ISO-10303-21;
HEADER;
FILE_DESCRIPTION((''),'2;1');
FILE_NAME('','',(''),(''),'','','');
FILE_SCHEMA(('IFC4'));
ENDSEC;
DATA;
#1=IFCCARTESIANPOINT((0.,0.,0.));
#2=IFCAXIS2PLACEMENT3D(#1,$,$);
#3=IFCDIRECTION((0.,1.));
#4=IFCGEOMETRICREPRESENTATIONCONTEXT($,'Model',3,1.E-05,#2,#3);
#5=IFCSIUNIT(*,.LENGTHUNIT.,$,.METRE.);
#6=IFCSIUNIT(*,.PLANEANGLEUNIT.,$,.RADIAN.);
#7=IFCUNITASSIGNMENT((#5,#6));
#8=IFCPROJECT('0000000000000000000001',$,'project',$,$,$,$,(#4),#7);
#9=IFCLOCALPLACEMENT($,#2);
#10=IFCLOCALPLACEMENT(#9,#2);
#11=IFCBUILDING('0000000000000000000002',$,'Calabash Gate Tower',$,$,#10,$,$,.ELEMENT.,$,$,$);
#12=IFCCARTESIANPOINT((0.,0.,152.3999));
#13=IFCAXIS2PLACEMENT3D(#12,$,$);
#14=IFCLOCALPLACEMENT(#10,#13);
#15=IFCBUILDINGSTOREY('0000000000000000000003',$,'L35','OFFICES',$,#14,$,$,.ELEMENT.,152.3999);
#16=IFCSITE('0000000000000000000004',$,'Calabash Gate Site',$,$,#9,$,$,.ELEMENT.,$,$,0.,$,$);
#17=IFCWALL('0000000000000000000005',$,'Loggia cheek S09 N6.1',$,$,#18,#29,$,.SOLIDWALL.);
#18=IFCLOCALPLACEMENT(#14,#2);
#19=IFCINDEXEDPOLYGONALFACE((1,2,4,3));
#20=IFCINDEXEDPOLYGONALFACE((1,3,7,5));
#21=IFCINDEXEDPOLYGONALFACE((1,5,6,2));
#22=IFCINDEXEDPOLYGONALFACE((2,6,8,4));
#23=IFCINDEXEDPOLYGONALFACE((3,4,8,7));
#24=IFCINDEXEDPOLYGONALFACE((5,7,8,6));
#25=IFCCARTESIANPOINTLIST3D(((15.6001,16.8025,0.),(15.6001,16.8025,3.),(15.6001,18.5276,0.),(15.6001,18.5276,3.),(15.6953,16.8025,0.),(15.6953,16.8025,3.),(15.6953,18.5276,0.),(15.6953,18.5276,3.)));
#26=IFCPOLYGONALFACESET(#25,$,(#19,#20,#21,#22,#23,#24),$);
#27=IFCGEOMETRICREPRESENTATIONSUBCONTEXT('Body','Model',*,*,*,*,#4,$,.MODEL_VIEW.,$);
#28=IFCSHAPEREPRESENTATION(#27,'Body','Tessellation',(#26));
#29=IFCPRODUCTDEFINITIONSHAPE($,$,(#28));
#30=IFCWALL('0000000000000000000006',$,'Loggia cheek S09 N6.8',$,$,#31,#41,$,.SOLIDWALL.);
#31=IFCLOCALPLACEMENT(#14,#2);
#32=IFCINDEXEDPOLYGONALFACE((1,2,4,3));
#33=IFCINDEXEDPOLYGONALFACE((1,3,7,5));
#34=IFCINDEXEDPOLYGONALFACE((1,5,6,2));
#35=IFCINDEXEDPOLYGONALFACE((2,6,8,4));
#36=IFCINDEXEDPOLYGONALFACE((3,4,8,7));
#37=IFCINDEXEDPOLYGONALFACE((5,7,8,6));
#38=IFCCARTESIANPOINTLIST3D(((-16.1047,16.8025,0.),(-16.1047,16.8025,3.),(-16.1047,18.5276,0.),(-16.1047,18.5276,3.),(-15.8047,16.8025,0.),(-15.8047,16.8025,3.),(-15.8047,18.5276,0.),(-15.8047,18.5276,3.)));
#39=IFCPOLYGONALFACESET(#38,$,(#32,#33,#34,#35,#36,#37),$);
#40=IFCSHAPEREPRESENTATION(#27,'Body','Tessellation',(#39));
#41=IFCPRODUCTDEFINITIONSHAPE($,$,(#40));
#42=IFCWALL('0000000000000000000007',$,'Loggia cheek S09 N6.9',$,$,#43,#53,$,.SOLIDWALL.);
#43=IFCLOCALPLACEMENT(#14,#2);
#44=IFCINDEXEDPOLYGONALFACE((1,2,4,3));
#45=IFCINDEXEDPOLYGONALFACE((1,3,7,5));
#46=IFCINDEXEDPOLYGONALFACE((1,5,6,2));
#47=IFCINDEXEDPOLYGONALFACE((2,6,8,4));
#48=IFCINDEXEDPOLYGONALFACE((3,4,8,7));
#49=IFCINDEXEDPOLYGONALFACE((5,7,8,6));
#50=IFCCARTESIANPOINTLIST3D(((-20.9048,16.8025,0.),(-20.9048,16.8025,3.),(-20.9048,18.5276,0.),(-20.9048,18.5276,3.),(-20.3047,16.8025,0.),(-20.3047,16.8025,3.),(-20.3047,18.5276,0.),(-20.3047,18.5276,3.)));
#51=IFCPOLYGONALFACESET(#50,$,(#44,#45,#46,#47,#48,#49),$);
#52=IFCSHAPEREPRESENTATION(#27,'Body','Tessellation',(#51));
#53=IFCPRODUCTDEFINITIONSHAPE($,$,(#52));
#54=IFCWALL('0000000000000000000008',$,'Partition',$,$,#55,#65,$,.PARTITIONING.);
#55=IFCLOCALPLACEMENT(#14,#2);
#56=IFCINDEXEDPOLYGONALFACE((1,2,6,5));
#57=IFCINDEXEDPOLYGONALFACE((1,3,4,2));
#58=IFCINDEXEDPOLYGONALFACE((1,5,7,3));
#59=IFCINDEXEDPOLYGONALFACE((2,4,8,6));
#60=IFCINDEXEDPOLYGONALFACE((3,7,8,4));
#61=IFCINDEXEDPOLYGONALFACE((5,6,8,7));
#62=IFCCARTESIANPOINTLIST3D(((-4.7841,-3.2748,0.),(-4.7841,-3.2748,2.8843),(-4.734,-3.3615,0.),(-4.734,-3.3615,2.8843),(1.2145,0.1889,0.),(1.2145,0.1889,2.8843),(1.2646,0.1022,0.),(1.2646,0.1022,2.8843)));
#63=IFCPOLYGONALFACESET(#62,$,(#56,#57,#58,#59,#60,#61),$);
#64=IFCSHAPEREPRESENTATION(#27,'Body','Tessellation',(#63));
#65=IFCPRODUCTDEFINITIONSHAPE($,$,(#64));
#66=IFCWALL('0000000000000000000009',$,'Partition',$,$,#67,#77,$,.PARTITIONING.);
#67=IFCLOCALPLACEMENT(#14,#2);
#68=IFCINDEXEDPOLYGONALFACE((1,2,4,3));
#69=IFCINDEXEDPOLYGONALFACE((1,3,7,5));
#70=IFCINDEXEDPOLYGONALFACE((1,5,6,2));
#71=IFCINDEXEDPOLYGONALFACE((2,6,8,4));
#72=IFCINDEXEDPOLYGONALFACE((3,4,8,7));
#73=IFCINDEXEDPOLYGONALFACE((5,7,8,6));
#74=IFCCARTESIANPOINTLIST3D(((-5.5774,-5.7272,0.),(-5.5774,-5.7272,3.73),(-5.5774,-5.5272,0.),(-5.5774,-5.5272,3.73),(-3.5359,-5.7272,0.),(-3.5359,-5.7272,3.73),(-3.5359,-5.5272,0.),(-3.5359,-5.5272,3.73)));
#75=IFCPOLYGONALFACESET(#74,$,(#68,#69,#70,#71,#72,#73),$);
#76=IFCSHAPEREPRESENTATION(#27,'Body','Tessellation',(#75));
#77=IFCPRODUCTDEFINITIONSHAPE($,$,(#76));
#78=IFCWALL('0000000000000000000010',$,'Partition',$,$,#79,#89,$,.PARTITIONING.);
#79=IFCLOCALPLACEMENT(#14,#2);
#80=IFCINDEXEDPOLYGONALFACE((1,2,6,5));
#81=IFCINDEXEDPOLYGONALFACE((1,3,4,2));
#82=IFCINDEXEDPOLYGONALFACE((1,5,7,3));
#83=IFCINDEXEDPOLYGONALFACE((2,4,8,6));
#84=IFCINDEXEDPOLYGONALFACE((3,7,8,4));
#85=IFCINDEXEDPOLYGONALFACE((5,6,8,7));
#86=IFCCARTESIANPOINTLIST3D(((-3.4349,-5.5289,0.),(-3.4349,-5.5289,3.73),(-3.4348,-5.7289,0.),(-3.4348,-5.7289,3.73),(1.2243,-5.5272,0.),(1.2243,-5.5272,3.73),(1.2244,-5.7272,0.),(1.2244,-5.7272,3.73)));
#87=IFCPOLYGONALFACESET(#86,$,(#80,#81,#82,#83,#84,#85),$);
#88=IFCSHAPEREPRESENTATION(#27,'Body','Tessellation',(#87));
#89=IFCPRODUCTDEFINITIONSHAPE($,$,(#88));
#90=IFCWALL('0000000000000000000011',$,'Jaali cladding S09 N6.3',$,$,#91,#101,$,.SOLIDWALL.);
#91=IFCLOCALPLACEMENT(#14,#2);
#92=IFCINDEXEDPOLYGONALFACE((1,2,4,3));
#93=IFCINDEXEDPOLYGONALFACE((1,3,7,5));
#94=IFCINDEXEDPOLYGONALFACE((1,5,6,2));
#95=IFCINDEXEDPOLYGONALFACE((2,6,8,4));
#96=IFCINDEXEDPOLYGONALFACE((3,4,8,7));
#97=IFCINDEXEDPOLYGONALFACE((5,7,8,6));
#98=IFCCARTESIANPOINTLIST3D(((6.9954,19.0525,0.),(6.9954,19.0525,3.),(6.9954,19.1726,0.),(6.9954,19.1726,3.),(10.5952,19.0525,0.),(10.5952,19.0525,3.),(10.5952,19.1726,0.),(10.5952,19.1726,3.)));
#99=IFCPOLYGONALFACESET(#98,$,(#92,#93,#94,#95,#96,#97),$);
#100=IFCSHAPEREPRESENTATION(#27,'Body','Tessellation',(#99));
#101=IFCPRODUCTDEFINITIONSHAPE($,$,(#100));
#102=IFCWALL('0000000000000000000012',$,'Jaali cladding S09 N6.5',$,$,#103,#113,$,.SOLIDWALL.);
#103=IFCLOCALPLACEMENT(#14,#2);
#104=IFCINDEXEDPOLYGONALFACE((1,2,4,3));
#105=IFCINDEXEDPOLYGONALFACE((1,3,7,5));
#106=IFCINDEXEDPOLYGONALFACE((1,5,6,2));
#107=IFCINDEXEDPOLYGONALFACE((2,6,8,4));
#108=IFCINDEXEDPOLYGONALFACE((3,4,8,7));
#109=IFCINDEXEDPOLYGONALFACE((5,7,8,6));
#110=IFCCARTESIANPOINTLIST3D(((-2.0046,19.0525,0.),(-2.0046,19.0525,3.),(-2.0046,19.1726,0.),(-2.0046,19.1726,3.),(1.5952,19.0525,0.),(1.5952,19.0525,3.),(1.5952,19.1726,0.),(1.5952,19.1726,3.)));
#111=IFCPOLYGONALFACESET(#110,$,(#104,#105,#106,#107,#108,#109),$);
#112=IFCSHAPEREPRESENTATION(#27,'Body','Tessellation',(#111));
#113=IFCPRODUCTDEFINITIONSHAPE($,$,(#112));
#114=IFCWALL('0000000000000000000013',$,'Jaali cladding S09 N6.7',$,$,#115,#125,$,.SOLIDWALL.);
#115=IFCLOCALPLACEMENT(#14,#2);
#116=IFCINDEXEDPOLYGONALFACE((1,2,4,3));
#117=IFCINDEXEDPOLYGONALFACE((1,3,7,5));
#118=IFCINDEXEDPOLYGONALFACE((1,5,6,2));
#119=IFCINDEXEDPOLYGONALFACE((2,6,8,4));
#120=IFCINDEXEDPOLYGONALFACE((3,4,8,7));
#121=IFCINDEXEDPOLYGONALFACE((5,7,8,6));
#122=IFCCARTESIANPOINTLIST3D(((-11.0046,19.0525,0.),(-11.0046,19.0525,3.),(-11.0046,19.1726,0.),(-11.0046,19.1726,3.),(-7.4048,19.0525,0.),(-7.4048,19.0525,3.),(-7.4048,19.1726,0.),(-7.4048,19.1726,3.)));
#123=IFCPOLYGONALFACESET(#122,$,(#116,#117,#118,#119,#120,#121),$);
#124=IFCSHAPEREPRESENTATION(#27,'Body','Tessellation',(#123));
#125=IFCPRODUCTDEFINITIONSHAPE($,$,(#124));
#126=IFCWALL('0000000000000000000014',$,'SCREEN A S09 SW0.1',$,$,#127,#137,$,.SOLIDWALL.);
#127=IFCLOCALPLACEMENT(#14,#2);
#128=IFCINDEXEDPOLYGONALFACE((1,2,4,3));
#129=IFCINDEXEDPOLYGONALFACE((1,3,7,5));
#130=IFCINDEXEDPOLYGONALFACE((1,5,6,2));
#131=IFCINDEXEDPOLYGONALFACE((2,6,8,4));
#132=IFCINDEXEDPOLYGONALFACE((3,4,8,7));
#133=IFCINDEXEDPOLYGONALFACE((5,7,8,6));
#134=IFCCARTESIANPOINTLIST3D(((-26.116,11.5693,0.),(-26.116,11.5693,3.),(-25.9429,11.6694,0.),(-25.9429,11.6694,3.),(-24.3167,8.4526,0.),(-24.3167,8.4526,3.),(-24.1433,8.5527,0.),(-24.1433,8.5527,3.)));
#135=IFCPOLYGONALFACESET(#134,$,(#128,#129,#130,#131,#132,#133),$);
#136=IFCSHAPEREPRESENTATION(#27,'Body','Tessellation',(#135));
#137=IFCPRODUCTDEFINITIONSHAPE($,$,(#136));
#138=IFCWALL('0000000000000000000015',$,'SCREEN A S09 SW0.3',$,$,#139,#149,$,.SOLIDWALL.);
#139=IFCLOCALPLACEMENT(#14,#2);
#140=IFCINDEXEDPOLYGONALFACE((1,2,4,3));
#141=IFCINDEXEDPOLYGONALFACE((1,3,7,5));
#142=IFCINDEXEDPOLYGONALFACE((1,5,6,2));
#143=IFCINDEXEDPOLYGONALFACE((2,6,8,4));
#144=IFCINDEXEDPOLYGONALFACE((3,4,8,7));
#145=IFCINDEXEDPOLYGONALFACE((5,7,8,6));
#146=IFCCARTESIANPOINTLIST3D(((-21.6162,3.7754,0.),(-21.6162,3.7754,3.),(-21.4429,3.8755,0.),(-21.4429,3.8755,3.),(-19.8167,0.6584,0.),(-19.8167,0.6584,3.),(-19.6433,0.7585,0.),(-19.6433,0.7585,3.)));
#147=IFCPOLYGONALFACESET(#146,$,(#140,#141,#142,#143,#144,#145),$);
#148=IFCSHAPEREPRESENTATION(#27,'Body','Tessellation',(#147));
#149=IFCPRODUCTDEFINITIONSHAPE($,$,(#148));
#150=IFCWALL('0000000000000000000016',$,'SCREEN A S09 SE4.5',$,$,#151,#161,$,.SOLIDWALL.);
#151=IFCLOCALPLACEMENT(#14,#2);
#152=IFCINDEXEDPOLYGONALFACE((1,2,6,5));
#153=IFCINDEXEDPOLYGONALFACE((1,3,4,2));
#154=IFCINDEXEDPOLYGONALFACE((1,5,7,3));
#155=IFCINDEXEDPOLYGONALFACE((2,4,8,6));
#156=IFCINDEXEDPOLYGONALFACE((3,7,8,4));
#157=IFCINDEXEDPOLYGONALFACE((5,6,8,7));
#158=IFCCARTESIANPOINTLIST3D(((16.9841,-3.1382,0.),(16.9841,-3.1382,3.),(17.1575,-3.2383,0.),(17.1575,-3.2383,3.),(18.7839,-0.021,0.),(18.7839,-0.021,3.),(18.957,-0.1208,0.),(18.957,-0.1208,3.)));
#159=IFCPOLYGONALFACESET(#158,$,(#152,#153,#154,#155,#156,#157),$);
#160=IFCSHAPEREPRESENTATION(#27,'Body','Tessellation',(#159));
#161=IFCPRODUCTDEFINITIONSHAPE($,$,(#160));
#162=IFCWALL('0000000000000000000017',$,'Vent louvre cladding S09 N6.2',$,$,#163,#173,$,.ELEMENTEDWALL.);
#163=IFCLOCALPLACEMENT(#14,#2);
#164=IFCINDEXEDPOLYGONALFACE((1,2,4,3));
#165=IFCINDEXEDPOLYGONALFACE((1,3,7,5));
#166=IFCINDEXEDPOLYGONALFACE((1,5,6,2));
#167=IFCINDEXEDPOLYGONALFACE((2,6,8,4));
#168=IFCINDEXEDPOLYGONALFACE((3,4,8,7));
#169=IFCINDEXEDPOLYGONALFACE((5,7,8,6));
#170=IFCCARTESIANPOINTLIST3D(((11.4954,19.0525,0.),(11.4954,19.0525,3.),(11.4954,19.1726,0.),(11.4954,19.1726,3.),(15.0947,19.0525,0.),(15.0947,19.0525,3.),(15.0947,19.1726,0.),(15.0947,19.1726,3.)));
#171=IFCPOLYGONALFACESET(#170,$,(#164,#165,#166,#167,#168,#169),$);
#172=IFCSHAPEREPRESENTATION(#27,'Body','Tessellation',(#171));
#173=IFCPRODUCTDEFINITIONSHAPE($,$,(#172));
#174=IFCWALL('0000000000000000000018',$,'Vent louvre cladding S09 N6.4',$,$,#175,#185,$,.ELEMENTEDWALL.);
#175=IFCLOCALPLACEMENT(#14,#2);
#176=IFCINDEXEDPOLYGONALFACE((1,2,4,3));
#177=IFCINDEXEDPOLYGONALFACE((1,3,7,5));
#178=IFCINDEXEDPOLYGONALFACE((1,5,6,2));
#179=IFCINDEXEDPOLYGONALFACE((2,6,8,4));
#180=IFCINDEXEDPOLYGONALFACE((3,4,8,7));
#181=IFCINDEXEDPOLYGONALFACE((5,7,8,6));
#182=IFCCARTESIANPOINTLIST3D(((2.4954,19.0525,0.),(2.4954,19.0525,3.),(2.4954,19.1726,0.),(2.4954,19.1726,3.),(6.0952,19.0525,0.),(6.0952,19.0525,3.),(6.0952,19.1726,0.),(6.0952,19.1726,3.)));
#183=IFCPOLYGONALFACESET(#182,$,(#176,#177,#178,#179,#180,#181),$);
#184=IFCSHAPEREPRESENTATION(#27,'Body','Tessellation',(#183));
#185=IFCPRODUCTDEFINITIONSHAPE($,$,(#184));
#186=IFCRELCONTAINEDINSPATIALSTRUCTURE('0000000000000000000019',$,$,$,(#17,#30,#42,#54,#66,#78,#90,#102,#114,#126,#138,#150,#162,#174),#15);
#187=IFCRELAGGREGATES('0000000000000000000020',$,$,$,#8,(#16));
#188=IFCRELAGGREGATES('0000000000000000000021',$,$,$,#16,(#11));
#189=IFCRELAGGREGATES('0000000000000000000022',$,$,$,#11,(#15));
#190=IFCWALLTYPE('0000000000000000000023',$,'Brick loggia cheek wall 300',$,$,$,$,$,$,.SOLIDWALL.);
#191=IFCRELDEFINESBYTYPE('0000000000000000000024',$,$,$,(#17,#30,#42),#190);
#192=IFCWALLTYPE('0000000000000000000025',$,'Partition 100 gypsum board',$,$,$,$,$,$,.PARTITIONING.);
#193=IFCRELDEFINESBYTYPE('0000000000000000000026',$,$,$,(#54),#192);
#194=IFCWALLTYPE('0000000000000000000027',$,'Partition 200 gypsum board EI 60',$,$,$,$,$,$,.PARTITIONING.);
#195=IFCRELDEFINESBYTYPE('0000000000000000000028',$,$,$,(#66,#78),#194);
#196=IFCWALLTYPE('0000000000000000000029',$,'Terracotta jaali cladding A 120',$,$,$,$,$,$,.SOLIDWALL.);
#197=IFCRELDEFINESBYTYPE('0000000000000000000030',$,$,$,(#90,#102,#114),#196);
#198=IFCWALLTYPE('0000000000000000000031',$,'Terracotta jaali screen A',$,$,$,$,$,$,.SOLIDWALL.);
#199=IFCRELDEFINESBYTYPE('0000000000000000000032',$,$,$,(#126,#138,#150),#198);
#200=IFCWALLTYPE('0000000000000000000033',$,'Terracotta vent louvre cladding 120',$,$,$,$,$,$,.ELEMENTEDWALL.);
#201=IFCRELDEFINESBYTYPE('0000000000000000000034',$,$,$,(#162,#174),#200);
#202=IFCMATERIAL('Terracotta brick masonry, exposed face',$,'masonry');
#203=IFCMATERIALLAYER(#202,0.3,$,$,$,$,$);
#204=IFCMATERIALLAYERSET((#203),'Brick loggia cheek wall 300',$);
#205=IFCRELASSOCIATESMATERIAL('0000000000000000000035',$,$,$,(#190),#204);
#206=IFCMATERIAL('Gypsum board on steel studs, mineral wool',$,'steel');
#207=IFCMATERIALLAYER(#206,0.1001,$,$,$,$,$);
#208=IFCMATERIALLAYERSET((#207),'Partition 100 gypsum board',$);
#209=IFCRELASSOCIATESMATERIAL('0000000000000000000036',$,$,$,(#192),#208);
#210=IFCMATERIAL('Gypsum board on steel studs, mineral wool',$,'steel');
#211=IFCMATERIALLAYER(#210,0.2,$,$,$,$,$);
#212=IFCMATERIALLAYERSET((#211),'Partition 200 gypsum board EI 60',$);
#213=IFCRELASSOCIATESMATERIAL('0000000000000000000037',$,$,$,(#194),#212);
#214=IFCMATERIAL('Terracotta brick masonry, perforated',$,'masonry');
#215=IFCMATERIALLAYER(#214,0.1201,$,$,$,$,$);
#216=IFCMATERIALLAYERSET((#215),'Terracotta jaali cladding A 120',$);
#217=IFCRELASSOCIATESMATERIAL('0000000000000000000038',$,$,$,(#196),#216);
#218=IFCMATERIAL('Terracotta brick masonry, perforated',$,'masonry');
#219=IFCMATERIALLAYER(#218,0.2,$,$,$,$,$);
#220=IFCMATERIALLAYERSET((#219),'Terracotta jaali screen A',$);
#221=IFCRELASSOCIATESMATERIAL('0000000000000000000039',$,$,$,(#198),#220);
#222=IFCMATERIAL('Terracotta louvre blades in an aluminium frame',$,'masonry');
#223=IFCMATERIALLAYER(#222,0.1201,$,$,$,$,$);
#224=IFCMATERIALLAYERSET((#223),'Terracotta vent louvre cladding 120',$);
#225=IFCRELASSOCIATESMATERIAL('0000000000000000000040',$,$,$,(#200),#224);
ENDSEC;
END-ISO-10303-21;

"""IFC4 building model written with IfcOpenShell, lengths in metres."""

from ifc_helpers import new_model, si_unit, direction, frame, frame_2d, origin, place, context, subcontext, project, spatial, polyline, rectangle, outline, extrude, material, layer, layer_set, type_object, element, save


model = new_model("IFC4")

# Units and contexts
model_context = context("Model", 3, precision=1e-05, world=origin(), true_north=direction((0.0, 1.0)))
body_context = subcontext(model_context, "Body", "Model", "MODEL_VIEW")
ifc_project = project(units=[si_unit("LENGTHUNIT", "METRE"), si_unit("PLANEANGLEUNIT", "RADIAN")], contexts=[model_context])

# Site, building, storey
site_placement = place(None, origin())
site = spatial("IfcSite", under=ifc_project, at=site_placement, Name="Calabash Gate Site", CompositionType="ELEMENT", RefElevation=0.0)
building_placement = place(site_placement, origin())
building = spatial("IfcBuilding", under=site, at=building_placement, Name="Calabash Gate Tower", CompositionType="ELEMENT")
storey_placement = place(building_placement, frame((0.0, 0.0, 152.3999)))
storey = spatial("IfcBuildingStorey", under=building, at=storey_placement, Name="L35", Description="OFFICES", CompositionType="ELEMENT", Elevation=152.3999)

# Walls
ifc_material_1 = material(Name="Terracotta brick masonry, exposed face", Category="masonry")
ifc_layer_1 = layer(ifc_material_1, 0.3)
ifc_layer_set_1 = layer_set([ifc_layer_1], Name="Brick loggia cheek wall 300")
wall_type_1 = type_object("IfcWallType", Name="Brick loggia cheek wall 300", PredefinedType="SOLIDWALL", material=ifc_layer_set_1)
wall_1_placement = place(storey_placement, origin())
element("IfcWall", 1, at=wall_1_placement, inside=storey, type_object=wall_type_1, Name="Loggia cheek S09 N6.1", PredefinedType="SOLIDWALL", context=body_context, shape_type="SweptSolid", body=[
    extrude(outline(polyline([(15.6953, 18.5276), (15.6001, 18.5276), (15.6001, 16.8025), (15.6953, 16.8025), (15.6953, 18.5276)])), origin(), (0.0, 0.0, 1.0), 3.0),
])
wall_2_placement = place(storey_placement, origin())
element("IfcWall", 2, at=wall_2_placement, inside=storey, type_object=wall_type_1, Name="Loggia cheek S09 N6.8", PredefinedType="SOLIDWALL", context=body_context, shape_type="SweptSolid", body=[
    extrude(outline(polyline([(-15.8047, 16.8025), (-15.8047, 18.5276), (-16.1047, 18.5276), (-16.1047, 16.8025), (-15.8047, 16.8025)])), origin(), (0.0, 0.0, 1.0), 3.0),
])
wall_3_placement = place(storey_placement, origin())
element("IfcWall", 3, at=wall_3_placement, inside=storey, type_object=wall_type_1, Name="Loggia cheek S09 N6.9", PredefinedType="SOLIDWALL", context=body_context, shape_type="SweptSolid", body=[
    extrude(outline(polyline([(-20.9048, 18.5276), (-20.9048, 16.8025), (-20.3047, 16.8025), (-20.3047, 18.5276), (-20.9048, 18.5276)])), origin(), (0.0, 0.0, 1.0), 3.0),
])
ifc_material_2 = material(Name="Gypsum board on steel studs, mineral wool", Category="steel")
ifc_layer_2 = layer(ifc_material_2, 0.1001)
ifc_layer_set_2 = layer_set([ifc_layer_2], Name="Partition 100 gypsum board")
wall_type_2 = type_object("IfcWallType", Name="Partition 100 gypsum board", PredefinedType="PARTITIONING", material=ifc_layer_set_2)
wall_4_placement = place(storey_placement, frame((-4.759, -3.3181, 0.0), z_axis=(0.0, 0.0, 1.0), x_axis=(0.866002, 0.50004, 0.0)))
element("IfcWall", 4, at=wall_4_placement, inside=storey, type_object=wall_type_2, Name="Partition", PredefinedType="PARTITIONING", context=body_context, shape_type="SweptSolid", body=[
    extrude(rectangle(XDim=6.9268, YDim=0.1001, at=frame_2d((3.4634, 0.0))), origin(), (0.0, 0.0, 1.0), 2.8843),
])
ifc_material_3 = material(Name="Gypsum board on steel studs, mineral wool", Category="steel")
ifc_layer_3 = layer(ifc_material_3, 0.2)
ifc_layer_set_3 = layer_set([ifc_layer_3], Name="Partition 200 gypsum board EI 60")
wall_type_3 = type_object("IfcWallType", Name="Partition 200 gypsum board EI 60", PredefinedType="PARTITIONING", material=ifc_layer_set_3)
wall_5_placement = place(storey_placement, frame((-5.5774, -5.6272, 0.0), z_axis=(0.0, 0.0, 1.0), x_axis=(1.0, 0.0, 0.0)))
element("IfcWall", 5, at=wall_5_placement, inside=storey, type_object=wall_type_3, Name="Partition", PredefinedType="PARTITIONING", context=body_context, shape_type="SweptSolid", body=[
    extrude(rectangle(XDim=2.0415, YDim=0.2, at=frame_2d((1.0208, 0.0))), origin(), (0.0, 0.0, 1.0), 3.73),
])
wall_6_placement = place(storey_placement, frame((-3.4348, -5.6289, 0.0), z_axis=(0.0, 0.0, 1.0), x_axis=(1.0, 0.000367, 0.0)))
element("IfcWall", 6, at=wall_6_placement, inside=storey, type_object=wall_type_3, Name="Partition", PredefinedType="PARTITIONING", context=body_context, shape_type="SweptSolid", body=[
    extrude(rectangle(XDim=4.6592, YDim=0.2, at=frame_2d((2.3296, 0.0))), origin(), (0.0, 0.0, 1.0), 3.73),
])
ifc_material_4 = material(Name="Terracotta brick masonry, perforated", Category="masonry")
ifc_layer_4 = layer(ifc_material_4, 0.1201)
ifc_layer_set_4 = layer_set([ifc_layer_4], Name="Terracotta jaali cladding A 120")
wall_type_4 = type_object("IfcWallType", Name="Terracotta jaali cladding A 120", PredefinedType="SOLIDWALL", material=ifc_layer_set_4)
wall_7_placement = place(storey_placement, origin())
element("IfcWall", 7, at=wall_7_placement, inside=storey, type_object=wall_type_4, Name="Jaali cladding S09 N6.3", PredefinedType="SOLIDWALL", context=body_context, shape_type="SweptSolid", body=[
    extrude(outline(polyline([(6.9954, 19.1726), (6.9954, 19.0525), (10.5952, 19.0525), (10.5952, 19.1726), (6.9954, 19.1726)])), origin(), (0.0, 0.0, 1.0), 3.0),
])
wall_8_placement = place(storey_placement, origin())
element("IfcWall", 8, at=wall_8_placement, inside=storey, type_object=wall_type_4, Name="Jaali cladding S09 N6.5", PredefinedType="SOLIDWALL", context=body_context, shape_type="SweptSolid", body=[
    extrude(outline(polyline([(-2.0046, 19.1726), (-2.0046, 19.0525), (1.5952, 19.0525), (1.5952, 19.1726), (-2.0046, 19.1726)])), origin(), (0.0, 0.0, 1.0), 3.0),
])
wall_9_placement = place(storey_placement, origin())
element("IfcWall", 9, at=wall_9_placement, inside=storey, type_object=wall_type_4, Name="Jaali cladding S09 N6.7", PredefinedType="SOLIDWALL", context=body_context, shape_type="SweptSolid", body=[
    extrude(outline(polyline([(-11.0046, 19.1726), (-11.0046, 19.0525), (-7.4048, 19.0525), (-7.4048, 19.1726), (-11.0046, 19.1726)])), origin(), (0.0, 0.0, 1.0), 3.0),
])
ifc_material_5 = material(Name="Terracotta brick masonry, perforated", Category="masonry")
ifc_layer_5 = layer(ifc_material_5, 0.2)
ifc_layer_set_5 = layer_set([ifc_layer_5], Name="Terracotta jaali screen A")
wall_type_5 = type_object("IfcWallType", Name="Terracotta jaali screen A", PredefinedType="SOLIDWALL", material=ifc_layer_set_5)
wall_10_placement = place(storey_placement, origin())
element("IfcWall", 10, at=wall_10_placement, inside=storey, type_object=wall_type_5, Name="SCREEN A S09 SW0.1", PredefinedType="SOLIDWALL", context=body_context, shape_type="SweptSolid", body=[
    extrude(outline(polyline([(-24.1433, 8.5527), (-25.9429, 11.6694), (-26.116, 11.5693), (-24.3167, 8.4526), (-24.1433, 8.5527)])), origin(), (0.0, 0.0, 1.0), 3.0),
])
wall_11_placement = place(storey_placement, origin())
element("IfcWall", 11, at=wall_11_placement, inside=storey, type_object=wall_type_5, Name="SCREEN A S09 SW0.3", PredefinedType="SOLIDWALL", context=body_context, shape_type="SweptSolid", body=[
    extrude(outline(polyline([(-19.6433, 0.7585), (-21.4429, 3.8755), (-21.6162, 3.7754), (-19.8167, 0.6584), (-19.6433, 0.7585)])), origin(), (0.0, 0.0, 1.0), 3.0),
])
wall_12_placement = place(storey_placement, origin())
element("IfcWall", 12, at=wall_12_placement, inside=storey, type_object=wall_type_5, Name="SCREEN A S09 SE4.5", PredefinedType="SOLIDWALL", context=body_context, shape_type="SweptSolid", body=[
    extrude(outline(polyline([(18.7839, -0.021), (16.9841, -3.1382), (17.1575, -3.2383), (18.957, -0.1208), (18.7839, -0.021)])), origin(), (0.0, 0.0, 1.0), 3.0),
])
ifc_material_6 = material(Name="Terracotta louvre blades in an aluminium frame", Category="masonry")
ifc_layer_6 = layer(ifc_material_6, 0.1201)
ifc_layer_set_6 = layer_set([ifc_layer_6], Name="Terracotta vent louvre cladding 120")
wall_type_6 = type_object("IfcWallType", Name="Terracotta vent louvre cladding 120", PredefinedType="ELEMENTEDWALL", material=ifc_layer_set_6)
wall_13_placement = place(storey_placement, origin())
element("IfcWall", 13, at=wall_13_placement, inside=storey, type_object=wall_type_6, Name="Vent louvre cladding S09 N6.2", PredefinedType="ELEMENTEDWALL", context=body_context, shape_type="SweptSolid", body=[
    extrude(outline(polyline([(11.4954, 19.1726), (11.4954, 19.0525), (15.0947, 19.0525), (15.0947, 19.1726), (11.4954, 19.1726)])), origin(), (0.0, 0.0, 1.0), 3.0),
])
wall_14_placement = place(storey_placement, origin())
element("IfcWall", 14, at=wall_14_placement, inside=storey, type_object=wall_type_6, Name="Vent louvre cladding S09 N6.4", PredefinedType="ELEMENTEDWALL", context=body_context, shape_type="SweptSolid", body=[
    extrude(outline(polyline([(2.4954, 19.1726), (2.4954, 19.0525), (6.0952, 19.0525), (6.0952, 19.1726), (2.4954, 19.1726)])), origin(), (0.0, 0.0, 1.0), 3.0),
])

save(model, "model.ifc")
